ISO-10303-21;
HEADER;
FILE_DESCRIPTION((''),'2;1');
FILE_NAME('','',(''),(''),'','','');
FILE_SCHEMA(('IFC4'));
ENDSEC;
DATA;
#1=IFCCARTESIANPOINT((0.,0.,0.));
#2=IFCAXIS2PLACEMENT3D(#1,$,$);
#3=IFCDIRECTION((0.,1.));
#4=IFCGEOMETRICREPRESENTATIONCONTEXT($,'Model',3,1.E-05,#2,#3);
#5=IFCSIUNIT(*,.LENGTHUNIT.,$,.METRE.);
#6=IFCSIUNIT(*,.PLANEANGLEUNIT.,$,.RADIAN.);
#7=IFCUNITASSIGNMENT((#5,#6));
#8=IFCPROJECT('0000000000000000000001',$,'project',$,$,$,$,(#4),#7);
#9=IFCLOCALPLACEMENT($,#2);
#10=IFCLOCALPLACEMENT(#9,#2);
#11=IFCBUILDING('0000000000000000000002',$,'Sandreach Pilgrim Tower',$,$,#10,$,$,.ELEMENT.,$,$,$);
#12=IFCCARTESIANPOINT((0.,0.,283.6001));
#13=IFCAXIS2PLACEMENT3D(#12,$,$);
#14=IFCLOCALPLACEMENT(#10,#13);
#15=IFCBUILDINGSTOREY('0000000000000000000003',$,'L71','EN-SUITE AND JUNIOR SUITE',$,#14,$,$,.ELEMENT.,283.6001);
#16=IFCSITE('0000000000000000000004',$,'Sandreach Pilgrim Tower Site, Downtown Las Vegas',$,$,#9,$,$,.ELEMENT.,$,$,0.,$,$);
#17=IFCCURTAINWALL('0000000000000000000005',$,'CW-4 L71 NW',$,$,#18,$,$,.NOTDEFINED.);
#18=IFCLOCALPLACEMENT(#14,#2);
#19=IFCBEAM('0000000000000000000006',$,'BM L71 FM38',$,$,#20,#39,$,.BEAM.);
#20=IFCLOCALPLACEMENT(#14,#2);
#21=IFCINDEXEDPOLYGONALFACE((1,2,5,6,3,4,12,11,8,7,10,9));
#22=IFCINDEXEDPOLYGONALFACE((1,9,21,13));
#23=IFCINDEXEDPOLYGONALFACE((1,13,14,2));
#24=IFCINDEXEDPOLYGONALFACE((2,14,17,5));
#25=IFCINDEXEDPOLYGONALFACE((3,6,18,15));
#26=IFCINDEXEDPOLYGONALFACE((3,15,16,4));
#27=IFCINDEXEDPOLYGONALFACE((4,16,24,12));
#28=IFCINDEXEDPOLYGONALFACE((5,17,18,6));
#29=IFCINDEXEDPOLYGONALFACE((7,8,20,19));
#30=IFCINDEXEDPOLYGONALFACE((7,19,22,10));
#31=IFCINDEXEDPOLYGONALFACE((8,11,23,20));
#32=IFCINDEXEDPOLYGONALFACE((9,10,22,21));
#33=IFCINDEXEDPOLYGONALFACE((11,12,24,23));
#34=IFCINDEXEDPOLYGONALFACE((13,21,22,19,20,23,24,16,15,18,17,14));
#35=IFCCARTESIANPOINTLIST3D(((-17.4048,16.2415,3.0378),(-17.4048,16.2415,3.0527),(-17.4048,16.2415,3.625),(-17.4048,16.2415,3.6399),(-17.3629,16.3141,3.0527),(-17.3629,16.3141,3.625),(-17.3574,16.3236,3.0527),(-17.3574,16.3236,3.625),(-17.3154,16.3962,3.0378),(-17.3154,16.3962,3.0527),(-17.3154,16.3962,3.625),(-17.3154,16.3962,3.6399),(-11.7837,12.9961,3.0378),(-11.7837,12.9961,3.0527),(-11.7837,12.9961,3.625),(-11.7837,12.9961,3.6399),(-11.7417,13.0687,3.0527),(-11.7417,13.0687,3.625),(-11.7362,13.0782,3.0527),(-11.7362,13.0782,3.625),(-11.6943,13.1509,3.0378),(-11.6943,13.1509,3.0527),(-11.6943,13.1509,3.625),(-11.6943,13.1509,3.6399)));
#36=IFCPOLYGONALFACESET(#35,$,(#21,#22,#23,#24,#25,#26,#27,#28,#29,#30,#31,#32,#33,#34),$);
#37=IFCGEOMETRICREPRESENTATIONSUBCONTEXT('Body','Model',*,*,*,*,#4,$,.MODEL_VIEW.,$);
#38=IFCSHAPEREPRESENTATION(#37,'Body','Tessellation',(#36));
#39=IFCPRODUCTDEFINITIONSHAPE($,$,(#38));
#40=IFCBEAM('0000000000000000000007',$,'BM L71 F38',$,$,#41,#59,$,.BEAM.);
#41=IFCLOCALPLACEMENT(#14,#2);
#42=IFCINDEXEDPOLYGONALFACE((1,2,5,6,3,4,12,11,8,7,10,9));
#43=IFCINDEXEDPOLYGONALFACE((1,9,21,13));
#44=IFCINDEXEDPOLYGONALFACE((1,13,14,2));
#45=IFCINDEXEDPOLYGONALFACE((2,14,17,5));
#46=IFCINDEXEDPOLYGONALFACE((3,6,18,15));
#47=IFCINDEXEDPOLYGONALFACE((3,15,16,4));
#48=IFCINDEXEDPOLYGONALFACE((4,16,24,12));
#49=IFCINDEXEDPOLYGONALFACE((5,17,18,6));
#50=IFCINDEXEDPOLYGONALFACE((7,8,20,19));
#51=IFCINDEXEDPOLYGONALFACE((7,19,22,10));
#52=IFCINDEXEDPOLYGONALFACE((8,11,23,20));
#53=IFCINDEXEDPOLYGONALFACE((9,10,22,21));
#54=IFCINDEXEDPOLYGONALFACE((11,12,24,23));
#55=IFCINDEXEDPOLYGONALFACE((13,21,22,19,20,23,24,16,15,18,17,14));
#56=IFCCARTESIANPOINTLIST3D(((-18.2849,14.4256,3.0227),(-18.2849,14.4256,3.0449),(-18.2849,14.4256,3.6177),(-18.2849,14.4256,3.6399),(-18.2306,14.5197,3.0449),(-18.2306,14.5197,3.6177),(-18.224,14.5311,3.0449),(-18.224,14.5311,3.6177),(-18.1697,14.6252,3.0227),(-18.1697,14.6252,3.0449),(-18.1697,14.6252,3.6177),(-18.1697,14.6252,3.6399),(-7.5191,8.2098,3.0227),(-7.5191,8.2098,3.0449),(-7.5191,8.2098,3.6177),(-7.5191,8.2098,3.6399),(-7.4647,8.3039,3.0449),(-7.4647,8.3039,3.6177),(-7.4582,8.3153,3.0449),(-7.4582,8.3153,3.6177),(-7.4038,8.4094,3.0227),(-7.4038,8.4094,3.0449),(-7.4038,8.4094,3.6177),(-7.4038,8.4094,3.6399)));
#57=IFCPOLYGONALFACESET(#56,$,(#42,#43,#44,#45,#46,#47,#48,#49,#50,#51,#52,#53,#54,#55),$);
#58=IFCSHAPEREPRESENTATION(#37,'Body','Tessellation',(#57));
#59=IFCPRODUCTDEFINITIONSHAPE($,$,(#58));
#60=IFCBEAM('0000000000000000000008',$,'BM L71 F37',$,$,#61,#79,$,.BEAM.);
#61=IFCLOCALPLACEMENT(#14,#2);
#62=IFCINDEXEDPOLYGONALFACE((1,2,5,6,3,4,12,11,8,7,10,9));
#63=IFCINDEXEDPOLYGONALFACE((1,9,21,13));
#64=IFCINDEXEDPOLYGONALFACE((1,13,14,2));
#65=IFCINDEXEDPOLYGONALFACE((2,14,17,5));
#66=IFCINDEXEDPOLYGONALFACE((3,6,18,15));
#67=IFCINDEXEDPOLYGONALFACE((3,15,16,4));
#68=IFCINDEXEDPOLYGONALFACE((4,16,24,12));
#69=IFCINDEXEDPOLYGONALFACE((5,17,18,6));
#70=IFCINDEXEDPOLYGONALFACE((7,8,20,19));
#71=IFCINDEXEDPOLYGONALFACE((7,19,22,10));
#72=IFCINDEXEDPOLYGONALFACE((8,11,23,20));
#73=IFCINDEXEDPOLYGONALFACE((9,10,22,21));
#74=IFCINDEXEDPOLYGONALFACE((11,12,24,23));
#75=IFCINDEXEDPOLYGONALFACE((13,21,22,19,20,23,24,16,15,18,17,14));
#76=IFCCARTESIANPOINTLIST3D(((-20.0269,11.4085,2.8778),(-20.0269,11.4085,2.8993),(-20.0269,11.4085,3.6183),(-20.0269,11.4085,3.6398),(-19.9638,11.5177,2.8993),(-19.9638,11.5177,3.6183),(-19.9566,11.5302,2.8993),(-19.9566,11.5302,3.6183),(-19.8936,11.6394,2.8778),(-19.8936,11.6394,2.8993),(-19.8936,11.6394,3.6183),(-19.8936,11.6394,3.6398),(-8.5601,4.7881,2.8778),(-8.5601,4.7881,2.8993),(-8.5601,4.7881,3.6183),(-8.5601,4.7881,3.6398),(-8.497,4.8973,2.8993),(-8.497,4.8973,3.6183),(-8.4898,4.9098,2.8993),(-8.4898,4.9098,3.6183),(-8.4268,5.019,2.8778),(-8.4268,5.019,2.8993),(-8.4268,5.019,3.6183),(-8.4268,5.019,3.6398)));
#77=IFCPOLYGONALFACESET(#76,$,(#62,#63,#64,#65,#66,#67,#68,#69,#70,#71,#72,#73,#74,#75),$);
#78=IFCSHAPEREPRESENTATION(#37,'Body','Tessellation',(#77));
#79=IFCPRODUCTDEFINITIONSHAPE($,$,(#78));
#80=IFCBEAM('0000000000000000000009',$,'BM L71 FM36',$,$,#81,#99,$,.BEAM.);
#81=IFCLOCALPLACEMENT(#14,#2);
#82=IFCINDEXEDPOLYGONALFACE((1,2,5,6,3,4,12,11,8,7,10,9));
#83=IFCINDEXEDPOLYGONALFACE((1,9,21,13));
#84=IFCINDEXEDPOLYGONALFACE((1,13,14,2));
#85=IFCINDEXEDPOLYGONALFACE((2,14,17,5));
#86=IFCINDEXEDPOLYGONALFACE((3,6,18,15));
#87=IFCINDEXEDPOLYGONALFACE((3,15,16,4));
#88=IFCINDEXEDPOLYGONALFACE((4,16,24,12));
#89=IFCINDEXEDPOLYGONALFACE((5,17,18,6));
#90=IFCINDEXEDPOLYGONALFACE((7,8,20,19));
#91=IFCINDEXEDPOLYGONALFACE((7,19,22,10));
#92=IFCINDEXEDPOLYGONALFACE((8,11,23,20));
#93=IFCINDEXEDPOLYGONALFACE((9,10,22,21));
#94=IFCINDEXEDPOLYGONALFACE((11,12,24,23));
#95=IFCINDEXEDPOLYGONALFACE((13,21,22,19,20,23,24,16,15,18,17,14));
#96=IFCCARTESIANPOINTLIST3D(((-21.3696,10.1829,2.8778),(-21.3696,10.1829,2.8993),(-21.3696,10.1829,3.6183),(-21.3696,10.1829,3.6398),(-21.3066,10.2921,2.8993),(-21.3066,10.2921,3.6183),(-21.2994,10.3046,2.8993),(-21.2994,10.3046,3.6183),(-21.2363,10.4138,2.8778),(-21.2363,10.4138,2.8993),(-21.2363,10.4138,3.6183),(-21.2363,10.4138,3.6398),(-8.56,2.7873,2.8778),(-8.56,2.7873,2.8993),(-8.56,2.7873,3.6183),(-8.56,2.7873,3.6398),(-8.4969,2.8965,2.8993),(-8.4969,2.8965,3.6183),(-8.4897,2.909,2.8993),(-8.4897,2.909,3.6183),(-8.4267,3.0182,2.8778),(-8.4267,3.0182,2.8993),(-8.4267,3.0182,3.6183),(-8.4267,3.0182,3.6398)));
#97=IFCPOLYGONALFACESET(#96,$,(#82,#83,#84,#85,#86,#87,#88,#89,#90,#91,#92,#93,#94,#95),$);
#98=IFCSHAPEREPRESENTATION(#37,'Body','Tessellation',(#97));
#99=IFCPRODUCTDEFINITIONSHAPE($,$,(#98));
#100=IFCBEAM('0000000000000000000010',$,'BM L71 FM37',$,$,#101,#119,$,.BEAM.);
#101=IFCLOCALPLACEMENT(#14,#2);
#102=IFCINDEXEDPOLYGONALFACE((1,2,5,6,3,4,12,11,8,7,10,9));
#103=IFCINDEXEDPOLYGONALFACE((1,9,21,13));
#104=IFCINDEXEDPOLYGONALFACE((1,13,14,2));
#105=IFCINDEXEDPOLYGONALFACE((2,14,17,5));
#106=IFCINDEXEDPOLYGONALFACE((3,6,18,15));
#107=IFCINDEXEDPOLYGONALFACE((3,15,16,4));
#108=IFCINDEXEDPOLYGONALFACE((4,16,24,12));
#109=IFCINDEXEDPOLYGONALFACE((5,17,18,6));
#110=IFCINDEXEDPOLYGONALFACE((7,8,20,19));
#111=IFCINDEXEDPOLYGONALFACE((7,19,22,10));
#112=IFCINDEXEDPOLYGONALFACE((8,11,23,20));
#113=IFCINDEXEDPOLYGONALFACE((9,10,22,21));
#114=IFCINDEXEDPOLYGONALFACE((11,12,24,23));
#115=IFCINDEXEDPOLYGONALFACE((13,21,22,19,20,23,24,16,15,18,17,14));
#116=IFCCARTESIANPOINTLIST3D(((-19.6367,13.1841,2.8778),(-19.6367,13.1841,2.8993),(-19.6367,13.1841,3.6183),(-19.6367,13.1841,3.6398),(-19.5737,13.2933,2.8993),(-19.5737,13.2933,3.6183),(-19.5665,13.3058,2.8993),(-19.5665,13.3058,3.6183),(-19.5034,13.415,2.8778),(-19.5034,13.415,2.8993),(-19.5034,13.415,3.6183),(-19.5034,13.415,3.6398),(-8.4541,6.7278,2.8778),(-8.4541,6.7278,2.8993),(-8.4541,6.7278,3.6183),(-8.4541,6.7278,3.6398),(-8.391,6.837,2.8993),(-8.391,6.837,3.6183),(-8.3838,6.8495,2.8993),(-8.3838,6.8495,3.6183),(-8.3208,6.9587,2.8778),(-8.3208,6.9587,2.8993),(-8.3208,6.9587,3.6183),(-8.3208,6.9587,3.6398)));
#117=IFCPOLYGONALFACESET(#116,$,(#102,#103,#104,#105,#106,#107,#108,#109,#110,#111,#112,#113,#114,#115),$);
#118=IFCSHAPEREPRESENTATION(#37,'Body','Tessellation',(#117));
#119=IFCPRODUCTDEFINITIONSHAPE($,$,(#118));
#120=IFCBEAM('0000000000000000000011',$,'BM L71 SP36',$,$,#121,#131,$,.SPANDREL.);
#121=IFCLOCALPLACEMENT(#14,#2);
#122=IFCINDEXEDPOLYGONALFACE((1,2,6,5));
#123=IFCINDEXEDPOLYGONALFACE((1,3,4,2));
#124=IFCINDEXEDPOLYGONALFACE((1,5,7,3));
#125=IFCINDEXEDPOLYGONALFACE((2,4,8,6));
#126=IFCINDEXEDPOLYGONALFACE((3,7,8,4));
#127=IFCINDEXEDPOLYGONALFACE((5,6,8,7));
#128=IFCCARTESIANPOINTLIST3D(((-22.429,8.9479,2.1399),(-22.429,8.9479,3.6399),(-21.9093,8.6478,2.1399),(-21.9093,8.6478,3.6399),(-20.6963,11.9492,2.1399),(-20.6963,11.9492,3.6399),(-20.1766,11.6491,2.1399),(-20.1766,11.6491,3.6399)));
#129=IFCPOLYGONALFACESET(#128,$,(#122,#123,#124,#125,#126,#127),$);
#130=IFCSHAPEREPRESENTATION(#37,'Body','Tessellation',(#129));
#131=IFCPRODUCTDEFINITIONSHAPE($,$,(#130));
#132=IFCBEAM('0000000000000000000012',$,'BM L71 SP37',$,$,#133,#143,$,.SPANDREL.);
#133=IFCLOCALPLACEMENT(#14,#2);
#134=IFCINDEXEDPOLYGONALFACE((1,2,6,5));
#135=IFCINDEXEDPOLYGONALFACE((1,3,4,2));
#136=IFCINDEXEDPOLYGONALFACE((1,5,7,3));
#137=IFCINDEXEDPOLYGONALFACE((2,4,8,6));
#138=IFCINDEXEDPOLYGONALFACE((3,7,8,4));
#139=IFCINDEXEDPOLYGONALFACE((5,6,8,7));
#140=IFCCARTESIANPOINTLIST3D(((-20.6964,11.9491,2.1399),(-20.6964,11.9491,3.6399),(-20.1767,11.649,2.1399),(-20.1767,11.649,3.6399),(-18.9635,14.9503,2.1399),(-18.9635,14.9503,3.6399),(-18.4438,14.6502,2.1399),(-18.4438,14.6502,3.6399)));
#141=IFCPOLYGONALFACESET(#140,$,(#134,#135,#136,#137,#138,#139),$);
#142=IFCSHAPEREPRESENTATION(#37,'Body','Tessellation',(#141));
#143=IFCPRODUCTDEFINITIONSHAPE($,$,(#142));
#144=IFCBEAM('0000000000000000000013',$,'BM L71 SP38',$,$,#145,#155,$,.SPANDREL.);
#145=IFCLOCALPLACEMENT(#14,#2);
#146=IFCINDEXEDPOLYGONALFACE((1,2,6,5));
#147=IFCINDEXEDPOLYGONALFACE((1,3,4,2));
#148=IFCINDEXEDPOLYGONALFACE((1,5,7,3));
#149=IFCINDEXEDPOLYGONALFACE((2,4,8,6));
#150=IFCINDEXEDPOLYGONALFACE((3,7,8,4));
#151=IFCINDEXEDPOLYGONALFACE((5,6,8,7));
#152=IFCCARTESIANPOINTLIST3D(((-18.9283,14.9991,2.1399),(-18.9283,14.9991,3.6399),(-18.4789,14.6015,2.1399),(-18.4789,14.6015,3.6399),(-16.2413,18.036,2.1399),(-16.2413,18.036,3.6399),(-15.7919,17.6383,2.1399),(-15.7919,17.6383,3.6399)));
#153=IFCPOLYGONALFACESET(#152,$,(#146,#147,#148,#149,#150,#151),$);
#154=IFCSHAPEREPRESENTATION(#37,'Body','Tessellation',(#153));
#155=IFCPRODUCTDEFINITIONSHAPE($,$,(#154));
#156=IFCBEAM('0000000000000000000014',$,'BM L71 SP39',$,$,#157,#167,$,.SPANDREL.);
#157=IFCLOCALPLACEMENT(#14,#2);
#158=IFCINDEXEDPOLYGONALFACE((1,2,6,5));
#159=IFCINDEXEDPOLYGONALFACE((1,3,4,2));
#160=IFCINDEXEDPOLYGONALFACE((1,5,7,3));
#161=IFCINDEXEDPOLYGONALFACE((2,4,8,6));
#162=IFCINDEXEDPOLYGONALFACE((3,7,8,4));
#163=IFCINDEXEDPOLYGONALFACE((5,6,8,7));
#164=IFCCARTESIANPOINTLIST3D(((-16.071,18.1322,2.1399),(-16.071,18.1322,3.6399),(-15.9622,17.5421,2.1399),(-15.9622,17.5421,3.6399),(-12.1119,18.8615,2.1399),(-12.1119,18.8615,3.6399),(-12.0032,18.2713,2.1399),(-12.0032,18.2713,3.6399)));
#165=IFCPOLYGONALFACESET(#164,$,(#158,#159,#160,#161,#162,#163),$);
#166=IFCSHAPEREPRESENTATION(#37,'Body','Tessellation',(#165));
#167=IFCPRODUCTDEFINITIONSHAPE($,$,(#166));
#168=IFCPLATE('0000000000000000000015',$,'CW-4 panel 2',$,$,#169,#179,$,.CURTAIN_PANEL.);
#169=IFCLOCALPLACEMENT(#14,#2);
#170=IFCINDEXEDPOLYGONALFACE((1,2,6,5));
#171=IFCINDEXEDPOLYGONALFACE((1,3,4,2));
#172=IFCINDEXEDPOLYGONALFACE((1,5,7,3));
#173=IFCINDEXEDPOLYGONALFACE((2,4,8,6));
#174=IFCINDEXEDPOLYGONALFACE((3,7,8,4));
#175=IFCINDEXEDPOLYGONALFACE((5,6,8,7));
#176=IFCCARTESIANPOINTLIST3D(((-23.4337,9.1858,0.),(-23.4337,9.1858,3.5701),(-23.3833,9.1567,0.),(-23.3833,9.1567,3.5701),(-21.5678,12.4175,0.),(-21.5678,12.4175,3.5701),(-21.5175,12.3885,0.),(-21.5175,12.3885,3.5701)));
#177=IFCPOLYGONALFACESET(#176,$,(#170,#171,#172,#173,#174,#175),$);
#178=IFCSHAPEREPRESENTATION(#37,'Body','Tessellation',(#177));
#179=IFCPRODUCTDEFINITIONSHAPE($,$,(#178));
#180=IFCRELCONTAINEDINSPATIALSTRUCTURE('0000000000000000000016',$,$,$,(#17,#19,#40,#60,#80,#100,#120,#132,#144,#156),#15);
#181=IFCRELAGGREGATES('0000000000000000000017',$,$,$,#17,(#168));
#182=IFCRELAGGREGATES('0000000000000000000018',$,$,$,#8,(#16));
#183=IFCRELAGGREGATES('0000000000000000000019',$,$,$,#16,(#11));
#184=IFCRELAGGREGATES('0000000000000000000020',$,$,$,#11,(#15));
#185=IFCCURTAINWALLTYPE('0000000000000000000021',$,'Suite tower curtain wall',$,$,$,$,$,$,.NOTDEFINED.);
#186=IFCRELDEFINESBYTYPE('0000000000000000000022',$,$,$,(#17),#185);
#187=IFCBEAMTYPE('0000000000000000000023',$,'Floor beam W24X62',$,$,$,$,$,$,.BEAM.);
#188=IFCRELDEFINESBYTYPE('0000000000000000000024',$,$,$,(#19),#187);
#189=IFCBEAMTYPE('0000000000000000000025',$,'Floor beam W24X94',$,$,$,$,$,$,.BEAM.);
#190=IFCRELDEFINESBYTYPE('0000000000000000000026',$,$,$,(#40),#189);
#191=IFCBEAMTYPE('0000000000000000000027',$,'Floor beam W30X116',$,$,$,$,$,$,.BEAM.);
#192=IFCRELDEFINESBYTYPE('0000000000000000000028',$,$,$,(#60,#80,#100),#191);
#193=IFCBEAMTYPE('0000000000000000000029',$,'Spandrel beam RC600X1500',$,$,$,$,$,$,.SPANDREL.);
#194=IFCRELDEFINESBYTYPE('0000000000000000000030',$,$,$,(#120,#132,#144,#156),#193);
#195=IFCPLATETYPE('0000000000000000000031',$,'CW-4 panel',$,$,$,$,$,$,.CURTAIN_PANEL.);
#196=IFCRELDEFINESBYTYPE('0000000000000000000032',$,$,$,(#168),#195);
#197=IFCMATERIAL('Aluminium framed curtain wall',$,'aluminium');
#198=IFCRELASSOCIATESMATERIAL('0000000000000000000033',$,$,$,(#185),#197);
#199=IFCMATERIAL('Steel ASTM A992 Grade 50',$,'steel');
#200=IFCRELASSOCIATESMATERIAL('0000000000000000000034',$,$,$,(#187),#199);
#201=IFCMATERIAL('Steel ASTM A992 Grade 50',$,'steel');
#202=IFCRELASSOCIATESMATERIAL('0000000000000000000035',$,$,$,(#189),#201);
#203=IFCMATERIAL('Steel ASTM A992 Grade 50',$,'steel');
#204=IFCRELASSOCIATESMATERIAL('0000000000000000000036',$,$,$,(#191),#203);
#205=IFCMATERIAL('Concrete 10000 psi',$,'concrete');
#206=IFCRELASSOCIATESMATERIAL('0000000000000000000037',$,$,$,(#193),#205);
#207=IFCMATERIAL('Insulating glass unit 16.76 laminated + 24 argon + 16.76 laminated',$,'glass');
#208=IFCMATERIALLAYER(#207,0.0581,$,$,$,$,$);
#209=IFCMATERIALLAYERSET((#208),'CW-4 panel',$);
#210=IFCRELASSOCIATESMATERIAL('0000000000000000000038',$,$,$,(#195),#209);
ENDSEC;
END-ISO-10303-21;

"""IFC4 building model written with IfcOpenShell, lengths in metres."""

from ifc_helpers import new_model, si_unit, direction, frame, origin, origin_2d, place, context, subcontext, project, spatial, rectangle, i_section, extrude, material, layer, layer_set, material_profile, profile_set, type_object, element, aggregate, save


model = new_model("IFC4")

# Units and contexts
model_context = context("Model", 3, precision=1e-05, world=origin(), true_north=direction((0.0, 1.0)))
body_context = subcontext(model_context, "Body", "Model", "MODEL_VIEW")
ifc_project = project(units=[si_unit("LENGTHUNIT", "METRE"), si_unit("PLANEANGLEUNIT", "RADIAN")], contexts=[model_context])

# Site, building, storey
site_placement = place(None, origin())
site = spatial("IfcSite", under=ifc_project, at=site_placement, Name="Sandreach Pilgrim Tower Site, Downtown Las Vegas", CompositionType="ELEMENT", RefElevation=0.0)
building_placement = place(site_placement, origin())
building = spatial("IfcBuilding", under=site, at=building_placement, Name="Sandreach Pilgrim Tower", CompositionType="ELEMENT")
storey_placement = place(building_placement, frame((0.0, 0.0, 283.6001)))
storey = spatial("IfcBuildingStorey", under=building, at=storey_placement, Name="L71", Description="EN-SUITE AND JUNIOR SUITE", CompositionType="ELEMENT", Elevation=283.6001)

# Shared definitions
ifc_material_1 = material(Name="Aluminium framed curtain wall", Category="aluminium")
curtain_wall_type = type_object("IfcCurtainWallType", Name="Suite tower curtain wall", PredefinedType="NOTDEFINED", material=ifc_material_1)

# Curtain wall
curtain_wall_1_placement = place(storey_placement, origin())
curtain_wall_1 = element("IfcCurtainWall", 1, at=curtain_wall_1_placement, inside=storey, type_object=curtain_wall_type, Name="CW-4 L71 NW", PredefinedType="NOTDEFINED")

# Beams
ifc_material_2 = material(Name="Steel ASTM A992 Grade 50", Category="steel")
ifc_material_profile_1 = material_profile(ifc_material_2, i_section(OverallWidth=0.1787, OverallDepth=0.6021, WebThickness=0.011, FlangeThickness=0.0149, at=origin_2d()), Name="W24X62")
ifc_profile_set_1 = profile_set([ifc_material_profile_1], Name="Steel ASTM A992 Grade 50")
beam_type_1 = type_object("IfcBeamType", Name="Floor beam W24X62", PredefinedType="BEAM", material=ifc_profile_set_1)
beam_1_placement = place(storey_placement, frame((-17.3601, 16.3188, 3.3389), z_axis=(0.866024, -0.500002, 0.0), x_axis=(0.500002, 0.866024, 0.0)))
element("IfcBeam", 2, at=beam_1_placement, inside=storey, type_object=beam_type_1, Name="BM L71 FM38", PredefinedType="BEAM", context=body_context, shape_type="SweptSolid", body=[
    extrude(i_section(OverallWidth=0.1787, OverallDepth=0.6021, WebThickness=0.011, FlangeThickness=0.0149, at=origin_2d()), origin(), (0.0, 0.0, 1.0), 6.4907),
])
ifc_material_3 = material(Name="Steel ASTM A992 Grade 50", Category="steel")
ifc_material_profile_2 = material_profile(ifc_material_3, i_section(OverallWidth=0.2305, OverallDepth=0.6172, WebThickness=0.0132, FlangeThickness=0.0222, at=origin_2d()), Name="W24X94")
ifc_profile_set_2 = profile_set([ifc_material_profile_2], Name="Steel ASTM A992 Grade 50")
beam_type_2 = type_object("IfcBeamType", Name="Floor beam W24X94", PredefinedType="BEAM", material=ifc_profile_set_2)
beam_2_placement = place(storey_placement, frame((-18.2273, 14.5254, 3.3313), z_axis=(0.86602, -0.500009, 0.0), x_axis=(0.500009, 0.86602, 0.0)))
element("IfcBeam", 3, at=beam_2_placement, inside=storey, type_object=beam_type_2, Name="BM L71 F38", PredefinedType="BEAM", context=body_context, shape_type="SweptSolid", body=[
    extrude(i_section(OverallWidth=0.2305, OverallDepth=0.6172, WebThickness=0.0132, FlangeThickness=0.0222, at=origin_2d()), origin(), (0.0, 0.0, 1.0), 12.4314),
])
ifc_material_4 = material(Name="Steel ASTM A992 Grade 50", Category="steel")
ifc_material_profile_3 = material_profile(ifc_material_4, i_section(OverallWidth=0.2666, OverallDepth=0.762, WebThickness=0.0144, FlangeThickness=0.0215, at=origin_2d()), Name="W30X116")
ifc_profile_set_3 = profile_set([ifc_material_profile_3], Name="Steel ASTM A992 Grade 50")
beam_type_3 = type_object("IfcBeamType", Name="Floor beam W30X116", PredefinedType="BEAM", material=ifc_profile_set_3)
beam_3_placement = place(storey_placement, frame((-19.9602, 11.5239, 3.2588), z_axis=(0.866025, -0.5, 0.0), x_axis=(0.5, 0.866025, 0.0)))
element("IfcBeam", 4, at=beam_3_placement, inside=storey, type_object=beam_type_3, Name="BM L71 F37", PredefinedType="BEAM", context=body_context, shape_type="SweptSolid", body=[
    extrude(i_section(OverallWidth=0.2666, OverallDepth=0.762, WebThickness=0.0144, FlangeThickness=0.0215, at=origin_2d()), origin(), (0.0, 0.0, 1.0), 13.2407),
])
beam_4_placement = place(storey_placement, frame((-21.303, 10.2983, 3.2588), z_axis=(0.866028, -0.499995, 0.0), x_axis=(0.499995, 0.866028, 0.0)))
element("IfcBeam", 5, at=beam_4_placement, inside=storey, type_object=beam_type_3, Name="BM L71 FM36", PredefinedType="BEAM", context=body_context, shape_type="SweptSolid", body=[
    extrude(i_section(OverallWidth=0.2666, OverallDepth=0.762, WebThickness=0.0144, FlangeThickness=0.0215, at=origin_2d()), origin(), (0.0, 0.0, 1.0), 14.7913),
])
beam_5_placement = place(storey_placement, frame((-19.5701, 13.2996, 3.2588), z_axis=(0.866025, -0.500001, 0.0), x_axis=(0.500001, 0.866025, 0.0)))
element("IfcBeam", 6, at=beam_5_placement, inside=storey, type_object=beam_type_3, Name="BM L71 FM37", PredefinedType="BEAM", context=body_context, shape_type="SweptSolid", body=[
    extrude(i_section(OverallWidth=0.2666, OverallDepth=0.762, WebThickness=0.0144, FlangeThickness=0.0215, at=origin_2d()), origin(), (0.0, 0.0, 1.0), 12.9126),
])
ifc_material_5 = material(Name="Concrete 10000 psi", Category="concrete")
ifc_material_profile_4 = material_profile(ifc_material_5, rectangle(XDim=0.6001, YDim=1.5, at=origin_2d()), Name="RC600X1500")
ifc_profile_set_4 = profile_set([ifc_material_profile_4], Name="Concrete 10000 psi")
beam_type_4 = type_object("IfcBeamType", Name="Spandrel beam RC600X1500", PredefinedType="SPANDREL", material=ifc_profile_set_4)
for number, where, z_axis, x_axis, name in (
    (7, (-22.1692, 8.7979, 2.8899), (0.499981, 0.866037, 0.0), (-0.866037, 0.499981, 0.0), "BM L71 SP36"),
    (8, (-20.4365, 11.7991, 2.8899), (0.500033, 0.866006, 0.0), (-0.866006, 0.500033, 0.0), "BM L71 SP37"),
):
    element("IfcBeam", number, at=place(storey_placement, frame(where, z_axis=z_axis, x_axis=x_axis)), inside=storey, type_object=beam_type_4, Name=name, PredefinedType="SPANDREL", context=body_context, shape_type="SweptSolid", body=[
        extrude(rectangle(XDim=0.6001, YDim=1.5, at=origin_2d()), origin(), (0.0, 0.0, 1.0), 3.4656),
    ])
beam_6_placement = place(storey_placement, frame((-18.7036, 14.8003, 2.8899), z_axis=(0.662651, 0.748929, 0.0), x_axis=(-0.748929, 0.662651, 0.0)))
element("IfcBeam", 9, at=beam_6_placement, inside=storey, type_object=beam_type_4, Name="BM L71 SP38", PredefinedType="SPANDREL", context=body_context, shape_type="SweptSolid", body=[
    extrude(rectangle(XDim=0.6001, YDim=1.5, at=origin_2d()), origin(), (0.0, 0.0, 1.0), 4.0549),
])
beam_7_placement = place(storey_placement, frame((-16.0166, 17.8372, 2.8899), z_axis=(0.983455, 0.181153, 0.0), x_axis=(-0.181153, 0.983455, 0.0)))
element("IfcBeam", 10, at=beam_7_placement, inside=storey, type_object=beam_type_4, Name="BM L71 SP39", PredefinedType="SPANDREL", context=body_context, shape_type="SweptSolid", body=[
    extrude(rectangle(XDim=0.6001, YDim=1.5, at=origin_2d()), origin(), (0.0, 0.0, 1.0), 4.0256),
])

# Plate
ifc_material_6 = material(Name="Insulating glass unit 16.76 laminated + 24 argon + 16.76 laminated", Category="glass")
ifc_layer_1 = layer(ifc_material_6, 0.0581)
ifc_layer_set_1 = layer_set([ifc_layer_1], Name="CW-4 panel")
plate_type = type_object("IfcPlateType", Name="CW-4 panel", PredefinedType="CURTAIN_PANEL", material=ifc_layer_set_1)
plate_1_placement = place(storey_placement, frame((-22.4756, 10.7871, 0.0), z_axis=(0.0, 0.0, 1.0), x_axis=(0.5, 0.866025, 0.0)))
plate_1 = element("IfcPlate", 11, at=plate_1_placement, type_object=plate_type, Name="CW-4 panel 2", PredefinedType="CURTAIN_PANEL", context=body_context, shape_type="SweptSolid", body=[
    extrude(rectangle(XDim=3.7317, YDim=0.0581, at=origin_2d()), origin(), (0.0, 0.0, 1.0), 3.5701),
])
aggregate(curtain_wall_1, [plate_1])

save(model, "model.ifc")
